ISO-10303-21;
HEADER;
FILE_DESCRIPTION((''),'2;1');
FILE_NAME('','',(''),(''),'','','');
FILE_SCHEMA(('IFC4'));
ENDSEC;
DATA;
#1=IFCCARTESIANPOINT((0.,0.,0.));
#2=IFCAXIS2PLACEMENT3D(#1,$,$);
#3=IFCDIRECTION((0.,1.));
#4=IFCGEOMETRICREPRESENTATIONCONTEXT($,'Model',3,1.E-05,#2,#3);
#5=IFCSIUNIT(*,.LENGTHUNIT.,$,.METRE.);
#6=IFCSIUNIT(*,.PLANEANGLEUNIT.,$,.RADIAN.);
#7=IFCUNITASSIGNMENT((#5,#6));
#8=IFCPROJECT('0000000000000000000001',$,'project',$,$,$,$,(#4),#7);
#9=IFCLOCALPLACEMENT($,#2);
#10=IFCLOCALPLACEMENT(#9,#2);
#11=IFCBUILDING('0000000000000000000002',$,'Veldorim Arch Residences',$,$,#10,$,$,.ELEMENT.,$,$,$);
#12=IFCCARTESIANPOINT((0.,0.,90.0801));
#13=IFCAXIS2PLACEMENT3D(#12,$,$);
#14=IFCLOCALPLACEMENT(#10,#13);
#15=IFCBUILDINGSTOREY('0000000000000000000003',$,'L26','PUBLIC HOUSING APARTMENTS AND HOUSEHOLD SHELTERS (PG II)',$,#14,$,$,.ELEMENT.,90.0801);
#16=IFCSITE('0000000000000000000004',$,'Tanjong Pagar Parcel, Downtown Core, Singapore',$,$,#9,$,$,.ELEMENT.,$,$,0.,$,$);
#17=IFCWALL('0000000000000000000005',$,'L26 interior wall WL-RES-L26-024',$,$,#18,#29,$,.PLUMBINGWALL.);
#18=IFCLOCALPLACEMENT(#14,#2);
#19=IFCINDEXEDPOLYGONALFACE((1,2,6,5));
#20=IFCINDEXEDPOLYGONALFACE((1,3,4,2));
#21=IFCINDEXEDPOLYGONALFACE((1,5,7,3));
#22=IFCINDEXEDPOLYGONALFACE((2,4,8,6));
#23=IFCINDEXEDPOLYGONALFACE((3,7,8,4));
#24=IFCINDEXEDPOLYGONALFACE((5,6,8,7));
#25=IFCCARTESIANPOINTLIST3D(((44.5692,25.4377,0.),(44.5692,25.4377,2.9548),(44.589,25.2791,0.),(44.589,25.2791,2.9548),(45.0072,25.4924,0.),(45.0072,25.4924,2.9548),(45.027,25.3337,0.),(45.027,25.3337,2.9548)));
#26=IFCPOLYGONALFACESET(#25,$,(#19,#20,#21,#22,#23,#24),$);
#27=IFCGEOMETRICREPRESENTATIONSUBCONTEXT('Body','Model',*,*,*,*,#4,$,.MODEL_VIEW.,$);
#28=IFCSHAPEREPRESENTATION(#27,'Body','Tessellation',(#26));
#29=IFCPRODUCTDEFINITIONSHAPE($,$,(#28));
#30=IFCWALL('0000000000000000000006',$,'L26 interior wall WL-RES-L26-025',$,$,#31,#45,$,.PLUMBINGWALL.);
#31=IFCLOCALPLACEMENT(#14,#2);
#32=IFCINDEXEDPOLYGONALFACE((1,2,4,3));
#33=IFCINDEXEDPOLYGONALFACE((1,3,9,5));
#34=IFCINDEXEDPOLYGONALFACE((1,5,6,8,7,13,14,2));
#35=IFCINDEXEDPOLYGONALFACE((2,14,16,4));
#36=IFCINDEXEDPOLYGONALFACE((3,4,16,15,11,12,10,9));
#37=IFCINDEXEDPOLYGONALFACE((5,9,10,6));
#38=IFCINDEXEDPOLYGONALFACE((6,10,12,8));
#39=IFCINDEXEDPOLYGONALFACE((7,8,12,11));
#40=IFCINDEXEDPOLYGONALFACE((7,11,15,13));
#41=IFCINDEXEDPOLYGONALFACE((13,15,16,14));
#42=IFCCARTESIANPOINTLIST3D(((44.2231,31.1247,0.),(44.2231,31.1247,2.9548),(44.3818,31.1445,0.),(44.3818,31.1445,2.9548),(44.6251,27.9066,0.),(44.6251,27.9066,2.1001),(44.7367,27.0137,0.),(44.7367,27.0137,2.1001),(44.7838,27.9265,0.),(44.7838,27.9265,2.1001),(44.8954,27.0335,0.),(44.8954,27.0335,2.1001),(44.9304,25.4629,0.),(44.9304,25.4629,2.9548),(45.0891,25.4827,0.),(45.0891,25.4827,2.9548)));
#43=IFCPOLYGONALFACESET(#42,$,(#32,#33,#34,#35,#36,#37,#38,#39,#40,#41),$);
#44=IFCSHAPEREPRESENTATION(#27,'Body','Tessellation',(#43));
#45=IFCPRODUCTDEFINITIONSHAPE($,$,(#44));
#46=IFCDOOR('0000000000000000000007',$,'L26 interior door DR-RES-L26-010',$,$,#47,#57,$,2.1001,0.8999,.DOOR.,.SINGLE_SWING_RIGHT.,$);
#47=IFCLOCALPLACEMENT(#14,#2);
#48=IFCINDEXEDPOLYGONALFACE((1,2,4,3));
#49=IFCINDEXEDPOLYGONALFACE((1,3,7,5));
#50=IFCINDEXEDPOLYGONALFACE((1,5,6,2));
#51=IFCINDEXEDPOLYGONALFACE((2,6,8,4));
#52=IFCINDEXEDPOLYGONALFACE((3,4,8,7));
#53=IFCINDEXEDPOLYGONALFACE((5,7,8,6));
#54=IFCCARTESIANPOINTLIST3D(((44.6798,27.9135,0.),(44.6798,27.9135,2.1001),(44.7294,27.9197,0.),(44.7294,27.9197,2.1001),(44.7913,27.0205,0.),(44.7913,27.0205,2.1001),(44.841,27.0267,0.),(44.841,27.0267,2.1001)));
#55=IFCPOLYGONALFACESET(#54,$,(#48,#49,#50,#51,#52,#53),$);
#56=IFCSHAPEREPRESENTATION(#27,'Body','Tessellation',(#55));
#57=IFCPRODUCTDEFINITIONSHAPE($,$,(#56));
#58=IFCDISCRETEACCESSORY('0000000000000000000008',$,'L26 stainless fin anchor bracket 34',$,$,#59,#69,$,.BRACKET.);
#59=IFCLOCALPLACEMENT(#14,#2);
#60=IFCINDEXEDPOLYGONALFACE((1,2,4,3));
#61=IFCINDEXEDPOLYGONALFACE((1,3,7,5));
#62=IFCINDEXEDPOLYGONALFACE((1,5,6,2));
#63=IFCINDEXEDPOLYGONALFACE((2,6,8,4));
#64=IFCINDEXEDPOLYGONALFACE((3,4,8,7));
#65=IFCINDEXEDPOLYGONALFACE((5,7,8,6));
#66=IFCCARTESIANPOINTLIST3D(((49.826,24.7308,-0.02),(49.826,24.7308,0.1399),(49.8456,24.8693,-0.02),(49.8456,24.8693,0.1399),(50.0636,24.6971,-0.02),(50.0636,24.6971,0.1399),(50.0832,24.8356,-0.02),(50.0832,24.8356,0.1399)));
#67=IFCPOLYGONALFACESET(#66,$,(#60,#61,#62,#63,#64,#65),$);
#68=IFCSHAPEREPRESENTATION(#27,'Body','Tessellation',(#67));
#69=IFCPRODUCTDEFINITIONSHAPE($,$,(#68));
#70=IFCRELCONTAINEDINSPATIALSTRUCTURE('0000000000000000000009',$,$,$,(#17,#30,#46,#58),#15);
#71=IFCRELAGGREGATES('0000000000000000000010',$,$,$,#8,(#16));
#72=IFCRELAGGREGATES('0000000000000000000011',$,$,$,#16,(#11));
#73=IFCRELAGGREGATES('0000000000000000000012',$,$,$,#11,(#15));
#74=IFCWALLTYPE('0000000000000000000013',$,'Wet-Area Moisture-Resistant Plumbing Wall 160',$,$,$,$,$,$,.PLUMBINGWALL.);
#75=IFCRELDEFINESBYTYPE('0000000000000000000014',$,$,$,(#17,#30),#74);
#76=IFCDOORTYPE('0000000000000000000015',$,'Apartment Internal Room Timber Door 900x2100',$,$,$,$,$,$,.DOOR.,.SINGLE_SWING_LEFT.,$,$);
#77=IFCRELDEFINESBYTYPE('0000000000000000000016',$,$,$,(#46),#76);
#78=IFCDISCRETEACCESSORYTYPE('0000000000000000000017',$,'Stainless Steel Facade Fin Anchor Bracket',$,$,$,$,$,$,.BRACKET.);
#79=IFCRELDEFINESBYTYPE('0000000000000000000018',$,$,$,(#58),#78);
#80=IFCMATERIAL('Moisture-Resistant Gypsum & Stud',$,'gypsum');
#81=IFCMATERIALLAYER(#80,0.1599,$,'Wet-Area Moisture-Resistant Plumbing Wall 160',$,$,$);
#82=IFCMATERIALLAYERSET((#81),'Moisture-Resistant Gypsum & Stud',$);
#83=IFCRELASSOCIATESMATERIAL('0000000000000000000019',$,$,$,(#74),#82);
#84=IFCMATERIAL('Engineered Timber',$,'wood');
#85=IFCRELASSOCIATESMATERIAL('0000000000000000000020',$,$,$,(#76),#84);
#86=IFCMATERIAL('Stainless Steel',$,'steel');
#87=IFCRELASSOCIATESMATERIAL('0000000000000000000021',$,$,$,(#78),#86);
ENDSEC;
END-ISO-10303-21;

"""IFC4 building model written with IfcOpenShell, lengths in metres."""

from ifc_helpers import new_model, si_unit, direction, frame, frame_2d, origin, origin_2d, place, context, subcontext, project, spatial, rectangle, extrude, material, layer, layer_set, type_object, element, fill, save


model = new_model("IFC4")

# Units and contexts
model_context = context("Model", 3, precision=1e-05, world=origin(), true_north=direction((0.0, 1.0)))
body_context = subcontext(model_context, "Body", "Model", "MODEL_VIEW")
ifc_project = project(units=[si_unit("LENGTHUNIT", "METRE"), si_unit("PLANEANGLEUNIT", "RADIAN")], contexts=[model_context])

# Site, building, storey
site_placement = place(None, origin())
site = spatial("IfcSite", under=ifc_project, at=site_placement, Name="Tanjong Pagar Parcel, Downtown Core, Singapore", CompositionType="ELEMENT", RefElevation=0.0)
building_placement = place(site_placement, origin())
building = spatial("IfcBuilding", under=site, at=building_placement, Name="Veldorim Arch Residences", CompositionType="ELEMENT")
storey_placement = place(building_placement, frame((0.0, 0.0, 90.0801)))
storey = spatial("IfcBuildingStorey", under=building, at=storey_placement, Name="L26", Description="PUBLIC HOUSING APARTMENTS AND HOUSEHOLD SHELTERS (PG II)", CompositionType="ELEMENT", Elevation=90.0801)

# Shared definitions
ifc_material_1 = material(Name="Moisture-Resistant Gypsum & Stud", Category="gypsum")
ifc_layer_1 = layer(ifc_material_1, 0.1599, Name="Wet-Area Moisture-Resistant Plumbing Wall 160")
ifc_layer_set_1 = layer_set([ifc_layer_1], Name="Moisture-Resistant Gypsum & Stud")
wall_type_1 = type_object("IfcWallType", Name="Wet-Area Moisture-Resistant Plumbing Wall 160", PredefinedType="PLUMBINGWALL", material=ifc_layer_set_1)

# Wall
wall_1_placement = place(storey_placement, frame((44.5791, 25.3584, 0.0), z_axis=(0.0, 0.0, 1.0), x_axis=(0.992295, 0.123899, 0.0)))
element("IfcWall", 1, at=wall_1_placement, inside=storey, type_object=wall_type_1, Name="L26 interior wall WL-RES-L26-024", PredefinedType="PLUMBINGWALL", context=body_context, shape_type="SweptSolid", body=[
    extrude(rectangle(XDim=0.4414, YDim=0.1599, at=frame_2d((0.2207, 0.0))), origin(), (0.0, 0.0, 1.0), 2.9548),
])

# Wall, opening, door
wall_2_placement = place(storey_placement, frame((45.0098, 25.4727, 0.0), z_axis=(0.0, 0.0, 1.0), x_axis=(-0.123956, 0.992288, 0.0)))
wall_2 = element("IfcWall", 2, at=wall_2_placement, inside=storey, type_object=wall_type_1, Name="L26 interior wall WL-RES-L26-025", PredefinedType="PLUMBINGWALL", context=body_context, shape_type="SweptSolid", body=[
    extrude(rectangle(XDim=5.7058, YDim=0.1599, at=frame_2d((2.853, 0.0))), origin(), (0.0, 0.0, 1.0), 2.9548),
])
opening_1_placement = place(wall_2_placement, frame((1.563, 0.0, 0.0)))
opening_1 = element("IfcOpeningElement", 3, at=opening_1_placement, cuts=wall_2, PredefinedType="OPENING", context=body_context, shape_type="SweptSolid", body=[
    extrude(rectangle(XDim=0.8999, YDim=2.1001, at=frame_2d((0.45, 1.05))), frame((0.0, 0.0898, 0.0), z_axis=(0.0, -1.0, 0.0), x_axis=(1.0, 0.0, 0.0)), (0.0, 0.0, 1.0), 0.1799),
])
ifc_material_2 = material(Name="Engineered Timber", Category="wood")
door_type_1 = type_object("IfcDoorType", Name="Apartment Internal Room Timber Door 900x2100", OperationType="SINGLE_SWING_LEFT", PredefinedType="DOOR", material=ifc_material_2)
door_1_placement = place(opening_1_placement, origin())
door_1 = element("IfcDoor", 4, at=door_1_placement, inside=storey, type_object=door_type_1, Name="L26 interior door DR-RES-L26-010", OperationType="SINGLE_SWING_RIGHT", OverallHeight=2.1001, OverallWidth=0.8999, PredefinedType="DOOR", context=body_context, shape_type="SweptSolid", body=[
    extrude(rectangle(XDim=0.8999, YDim=2.1001, at=frame_2d((0.45, 1.05))), frame((0.0, 0.0249, 0.0), z_axis=(0.0, -1.0, 0.0), x_axis=(1.0, 0.0, 0.0)), (0.0, 0.0, 1.0), 0.05),
])
fill(opening_1, door_1)

# Discrete accessory
ifc_material_3 = material(Name="Stainless Steel", Category="steel")
discrete_accessory_type = type_object("IfcDiscreteAccessoryType", Name="Stainless Steel Facade Fin Anchor Bracket", PredefinedType="BRACKET", material=ifc_material_3)
discrete_accessory_placement = place(storey_placement, frame((49.9546, 24.7832, -0.02), z_axis=(0.0, 0.0, 1.0), x_axis=(-0.140556, -0.990073, 0.0)))
element("IfcDiscreteAccessory", 5, at=discrete_accessory_placement, inside=storey, type_object=discrete_accessory_type, Name="L26 stainless fin anchor bracket 34", PredefinedType="BRACKET", context=body_context, shape_type="SweptSolid", body=[
    extrude(rectangle(XDim=0.1399, YDim=0.24, at=origin_2d()), origin(), (0.0, 0.0, 1.0), 0.1599),
])

save(model, "model.ifc")
